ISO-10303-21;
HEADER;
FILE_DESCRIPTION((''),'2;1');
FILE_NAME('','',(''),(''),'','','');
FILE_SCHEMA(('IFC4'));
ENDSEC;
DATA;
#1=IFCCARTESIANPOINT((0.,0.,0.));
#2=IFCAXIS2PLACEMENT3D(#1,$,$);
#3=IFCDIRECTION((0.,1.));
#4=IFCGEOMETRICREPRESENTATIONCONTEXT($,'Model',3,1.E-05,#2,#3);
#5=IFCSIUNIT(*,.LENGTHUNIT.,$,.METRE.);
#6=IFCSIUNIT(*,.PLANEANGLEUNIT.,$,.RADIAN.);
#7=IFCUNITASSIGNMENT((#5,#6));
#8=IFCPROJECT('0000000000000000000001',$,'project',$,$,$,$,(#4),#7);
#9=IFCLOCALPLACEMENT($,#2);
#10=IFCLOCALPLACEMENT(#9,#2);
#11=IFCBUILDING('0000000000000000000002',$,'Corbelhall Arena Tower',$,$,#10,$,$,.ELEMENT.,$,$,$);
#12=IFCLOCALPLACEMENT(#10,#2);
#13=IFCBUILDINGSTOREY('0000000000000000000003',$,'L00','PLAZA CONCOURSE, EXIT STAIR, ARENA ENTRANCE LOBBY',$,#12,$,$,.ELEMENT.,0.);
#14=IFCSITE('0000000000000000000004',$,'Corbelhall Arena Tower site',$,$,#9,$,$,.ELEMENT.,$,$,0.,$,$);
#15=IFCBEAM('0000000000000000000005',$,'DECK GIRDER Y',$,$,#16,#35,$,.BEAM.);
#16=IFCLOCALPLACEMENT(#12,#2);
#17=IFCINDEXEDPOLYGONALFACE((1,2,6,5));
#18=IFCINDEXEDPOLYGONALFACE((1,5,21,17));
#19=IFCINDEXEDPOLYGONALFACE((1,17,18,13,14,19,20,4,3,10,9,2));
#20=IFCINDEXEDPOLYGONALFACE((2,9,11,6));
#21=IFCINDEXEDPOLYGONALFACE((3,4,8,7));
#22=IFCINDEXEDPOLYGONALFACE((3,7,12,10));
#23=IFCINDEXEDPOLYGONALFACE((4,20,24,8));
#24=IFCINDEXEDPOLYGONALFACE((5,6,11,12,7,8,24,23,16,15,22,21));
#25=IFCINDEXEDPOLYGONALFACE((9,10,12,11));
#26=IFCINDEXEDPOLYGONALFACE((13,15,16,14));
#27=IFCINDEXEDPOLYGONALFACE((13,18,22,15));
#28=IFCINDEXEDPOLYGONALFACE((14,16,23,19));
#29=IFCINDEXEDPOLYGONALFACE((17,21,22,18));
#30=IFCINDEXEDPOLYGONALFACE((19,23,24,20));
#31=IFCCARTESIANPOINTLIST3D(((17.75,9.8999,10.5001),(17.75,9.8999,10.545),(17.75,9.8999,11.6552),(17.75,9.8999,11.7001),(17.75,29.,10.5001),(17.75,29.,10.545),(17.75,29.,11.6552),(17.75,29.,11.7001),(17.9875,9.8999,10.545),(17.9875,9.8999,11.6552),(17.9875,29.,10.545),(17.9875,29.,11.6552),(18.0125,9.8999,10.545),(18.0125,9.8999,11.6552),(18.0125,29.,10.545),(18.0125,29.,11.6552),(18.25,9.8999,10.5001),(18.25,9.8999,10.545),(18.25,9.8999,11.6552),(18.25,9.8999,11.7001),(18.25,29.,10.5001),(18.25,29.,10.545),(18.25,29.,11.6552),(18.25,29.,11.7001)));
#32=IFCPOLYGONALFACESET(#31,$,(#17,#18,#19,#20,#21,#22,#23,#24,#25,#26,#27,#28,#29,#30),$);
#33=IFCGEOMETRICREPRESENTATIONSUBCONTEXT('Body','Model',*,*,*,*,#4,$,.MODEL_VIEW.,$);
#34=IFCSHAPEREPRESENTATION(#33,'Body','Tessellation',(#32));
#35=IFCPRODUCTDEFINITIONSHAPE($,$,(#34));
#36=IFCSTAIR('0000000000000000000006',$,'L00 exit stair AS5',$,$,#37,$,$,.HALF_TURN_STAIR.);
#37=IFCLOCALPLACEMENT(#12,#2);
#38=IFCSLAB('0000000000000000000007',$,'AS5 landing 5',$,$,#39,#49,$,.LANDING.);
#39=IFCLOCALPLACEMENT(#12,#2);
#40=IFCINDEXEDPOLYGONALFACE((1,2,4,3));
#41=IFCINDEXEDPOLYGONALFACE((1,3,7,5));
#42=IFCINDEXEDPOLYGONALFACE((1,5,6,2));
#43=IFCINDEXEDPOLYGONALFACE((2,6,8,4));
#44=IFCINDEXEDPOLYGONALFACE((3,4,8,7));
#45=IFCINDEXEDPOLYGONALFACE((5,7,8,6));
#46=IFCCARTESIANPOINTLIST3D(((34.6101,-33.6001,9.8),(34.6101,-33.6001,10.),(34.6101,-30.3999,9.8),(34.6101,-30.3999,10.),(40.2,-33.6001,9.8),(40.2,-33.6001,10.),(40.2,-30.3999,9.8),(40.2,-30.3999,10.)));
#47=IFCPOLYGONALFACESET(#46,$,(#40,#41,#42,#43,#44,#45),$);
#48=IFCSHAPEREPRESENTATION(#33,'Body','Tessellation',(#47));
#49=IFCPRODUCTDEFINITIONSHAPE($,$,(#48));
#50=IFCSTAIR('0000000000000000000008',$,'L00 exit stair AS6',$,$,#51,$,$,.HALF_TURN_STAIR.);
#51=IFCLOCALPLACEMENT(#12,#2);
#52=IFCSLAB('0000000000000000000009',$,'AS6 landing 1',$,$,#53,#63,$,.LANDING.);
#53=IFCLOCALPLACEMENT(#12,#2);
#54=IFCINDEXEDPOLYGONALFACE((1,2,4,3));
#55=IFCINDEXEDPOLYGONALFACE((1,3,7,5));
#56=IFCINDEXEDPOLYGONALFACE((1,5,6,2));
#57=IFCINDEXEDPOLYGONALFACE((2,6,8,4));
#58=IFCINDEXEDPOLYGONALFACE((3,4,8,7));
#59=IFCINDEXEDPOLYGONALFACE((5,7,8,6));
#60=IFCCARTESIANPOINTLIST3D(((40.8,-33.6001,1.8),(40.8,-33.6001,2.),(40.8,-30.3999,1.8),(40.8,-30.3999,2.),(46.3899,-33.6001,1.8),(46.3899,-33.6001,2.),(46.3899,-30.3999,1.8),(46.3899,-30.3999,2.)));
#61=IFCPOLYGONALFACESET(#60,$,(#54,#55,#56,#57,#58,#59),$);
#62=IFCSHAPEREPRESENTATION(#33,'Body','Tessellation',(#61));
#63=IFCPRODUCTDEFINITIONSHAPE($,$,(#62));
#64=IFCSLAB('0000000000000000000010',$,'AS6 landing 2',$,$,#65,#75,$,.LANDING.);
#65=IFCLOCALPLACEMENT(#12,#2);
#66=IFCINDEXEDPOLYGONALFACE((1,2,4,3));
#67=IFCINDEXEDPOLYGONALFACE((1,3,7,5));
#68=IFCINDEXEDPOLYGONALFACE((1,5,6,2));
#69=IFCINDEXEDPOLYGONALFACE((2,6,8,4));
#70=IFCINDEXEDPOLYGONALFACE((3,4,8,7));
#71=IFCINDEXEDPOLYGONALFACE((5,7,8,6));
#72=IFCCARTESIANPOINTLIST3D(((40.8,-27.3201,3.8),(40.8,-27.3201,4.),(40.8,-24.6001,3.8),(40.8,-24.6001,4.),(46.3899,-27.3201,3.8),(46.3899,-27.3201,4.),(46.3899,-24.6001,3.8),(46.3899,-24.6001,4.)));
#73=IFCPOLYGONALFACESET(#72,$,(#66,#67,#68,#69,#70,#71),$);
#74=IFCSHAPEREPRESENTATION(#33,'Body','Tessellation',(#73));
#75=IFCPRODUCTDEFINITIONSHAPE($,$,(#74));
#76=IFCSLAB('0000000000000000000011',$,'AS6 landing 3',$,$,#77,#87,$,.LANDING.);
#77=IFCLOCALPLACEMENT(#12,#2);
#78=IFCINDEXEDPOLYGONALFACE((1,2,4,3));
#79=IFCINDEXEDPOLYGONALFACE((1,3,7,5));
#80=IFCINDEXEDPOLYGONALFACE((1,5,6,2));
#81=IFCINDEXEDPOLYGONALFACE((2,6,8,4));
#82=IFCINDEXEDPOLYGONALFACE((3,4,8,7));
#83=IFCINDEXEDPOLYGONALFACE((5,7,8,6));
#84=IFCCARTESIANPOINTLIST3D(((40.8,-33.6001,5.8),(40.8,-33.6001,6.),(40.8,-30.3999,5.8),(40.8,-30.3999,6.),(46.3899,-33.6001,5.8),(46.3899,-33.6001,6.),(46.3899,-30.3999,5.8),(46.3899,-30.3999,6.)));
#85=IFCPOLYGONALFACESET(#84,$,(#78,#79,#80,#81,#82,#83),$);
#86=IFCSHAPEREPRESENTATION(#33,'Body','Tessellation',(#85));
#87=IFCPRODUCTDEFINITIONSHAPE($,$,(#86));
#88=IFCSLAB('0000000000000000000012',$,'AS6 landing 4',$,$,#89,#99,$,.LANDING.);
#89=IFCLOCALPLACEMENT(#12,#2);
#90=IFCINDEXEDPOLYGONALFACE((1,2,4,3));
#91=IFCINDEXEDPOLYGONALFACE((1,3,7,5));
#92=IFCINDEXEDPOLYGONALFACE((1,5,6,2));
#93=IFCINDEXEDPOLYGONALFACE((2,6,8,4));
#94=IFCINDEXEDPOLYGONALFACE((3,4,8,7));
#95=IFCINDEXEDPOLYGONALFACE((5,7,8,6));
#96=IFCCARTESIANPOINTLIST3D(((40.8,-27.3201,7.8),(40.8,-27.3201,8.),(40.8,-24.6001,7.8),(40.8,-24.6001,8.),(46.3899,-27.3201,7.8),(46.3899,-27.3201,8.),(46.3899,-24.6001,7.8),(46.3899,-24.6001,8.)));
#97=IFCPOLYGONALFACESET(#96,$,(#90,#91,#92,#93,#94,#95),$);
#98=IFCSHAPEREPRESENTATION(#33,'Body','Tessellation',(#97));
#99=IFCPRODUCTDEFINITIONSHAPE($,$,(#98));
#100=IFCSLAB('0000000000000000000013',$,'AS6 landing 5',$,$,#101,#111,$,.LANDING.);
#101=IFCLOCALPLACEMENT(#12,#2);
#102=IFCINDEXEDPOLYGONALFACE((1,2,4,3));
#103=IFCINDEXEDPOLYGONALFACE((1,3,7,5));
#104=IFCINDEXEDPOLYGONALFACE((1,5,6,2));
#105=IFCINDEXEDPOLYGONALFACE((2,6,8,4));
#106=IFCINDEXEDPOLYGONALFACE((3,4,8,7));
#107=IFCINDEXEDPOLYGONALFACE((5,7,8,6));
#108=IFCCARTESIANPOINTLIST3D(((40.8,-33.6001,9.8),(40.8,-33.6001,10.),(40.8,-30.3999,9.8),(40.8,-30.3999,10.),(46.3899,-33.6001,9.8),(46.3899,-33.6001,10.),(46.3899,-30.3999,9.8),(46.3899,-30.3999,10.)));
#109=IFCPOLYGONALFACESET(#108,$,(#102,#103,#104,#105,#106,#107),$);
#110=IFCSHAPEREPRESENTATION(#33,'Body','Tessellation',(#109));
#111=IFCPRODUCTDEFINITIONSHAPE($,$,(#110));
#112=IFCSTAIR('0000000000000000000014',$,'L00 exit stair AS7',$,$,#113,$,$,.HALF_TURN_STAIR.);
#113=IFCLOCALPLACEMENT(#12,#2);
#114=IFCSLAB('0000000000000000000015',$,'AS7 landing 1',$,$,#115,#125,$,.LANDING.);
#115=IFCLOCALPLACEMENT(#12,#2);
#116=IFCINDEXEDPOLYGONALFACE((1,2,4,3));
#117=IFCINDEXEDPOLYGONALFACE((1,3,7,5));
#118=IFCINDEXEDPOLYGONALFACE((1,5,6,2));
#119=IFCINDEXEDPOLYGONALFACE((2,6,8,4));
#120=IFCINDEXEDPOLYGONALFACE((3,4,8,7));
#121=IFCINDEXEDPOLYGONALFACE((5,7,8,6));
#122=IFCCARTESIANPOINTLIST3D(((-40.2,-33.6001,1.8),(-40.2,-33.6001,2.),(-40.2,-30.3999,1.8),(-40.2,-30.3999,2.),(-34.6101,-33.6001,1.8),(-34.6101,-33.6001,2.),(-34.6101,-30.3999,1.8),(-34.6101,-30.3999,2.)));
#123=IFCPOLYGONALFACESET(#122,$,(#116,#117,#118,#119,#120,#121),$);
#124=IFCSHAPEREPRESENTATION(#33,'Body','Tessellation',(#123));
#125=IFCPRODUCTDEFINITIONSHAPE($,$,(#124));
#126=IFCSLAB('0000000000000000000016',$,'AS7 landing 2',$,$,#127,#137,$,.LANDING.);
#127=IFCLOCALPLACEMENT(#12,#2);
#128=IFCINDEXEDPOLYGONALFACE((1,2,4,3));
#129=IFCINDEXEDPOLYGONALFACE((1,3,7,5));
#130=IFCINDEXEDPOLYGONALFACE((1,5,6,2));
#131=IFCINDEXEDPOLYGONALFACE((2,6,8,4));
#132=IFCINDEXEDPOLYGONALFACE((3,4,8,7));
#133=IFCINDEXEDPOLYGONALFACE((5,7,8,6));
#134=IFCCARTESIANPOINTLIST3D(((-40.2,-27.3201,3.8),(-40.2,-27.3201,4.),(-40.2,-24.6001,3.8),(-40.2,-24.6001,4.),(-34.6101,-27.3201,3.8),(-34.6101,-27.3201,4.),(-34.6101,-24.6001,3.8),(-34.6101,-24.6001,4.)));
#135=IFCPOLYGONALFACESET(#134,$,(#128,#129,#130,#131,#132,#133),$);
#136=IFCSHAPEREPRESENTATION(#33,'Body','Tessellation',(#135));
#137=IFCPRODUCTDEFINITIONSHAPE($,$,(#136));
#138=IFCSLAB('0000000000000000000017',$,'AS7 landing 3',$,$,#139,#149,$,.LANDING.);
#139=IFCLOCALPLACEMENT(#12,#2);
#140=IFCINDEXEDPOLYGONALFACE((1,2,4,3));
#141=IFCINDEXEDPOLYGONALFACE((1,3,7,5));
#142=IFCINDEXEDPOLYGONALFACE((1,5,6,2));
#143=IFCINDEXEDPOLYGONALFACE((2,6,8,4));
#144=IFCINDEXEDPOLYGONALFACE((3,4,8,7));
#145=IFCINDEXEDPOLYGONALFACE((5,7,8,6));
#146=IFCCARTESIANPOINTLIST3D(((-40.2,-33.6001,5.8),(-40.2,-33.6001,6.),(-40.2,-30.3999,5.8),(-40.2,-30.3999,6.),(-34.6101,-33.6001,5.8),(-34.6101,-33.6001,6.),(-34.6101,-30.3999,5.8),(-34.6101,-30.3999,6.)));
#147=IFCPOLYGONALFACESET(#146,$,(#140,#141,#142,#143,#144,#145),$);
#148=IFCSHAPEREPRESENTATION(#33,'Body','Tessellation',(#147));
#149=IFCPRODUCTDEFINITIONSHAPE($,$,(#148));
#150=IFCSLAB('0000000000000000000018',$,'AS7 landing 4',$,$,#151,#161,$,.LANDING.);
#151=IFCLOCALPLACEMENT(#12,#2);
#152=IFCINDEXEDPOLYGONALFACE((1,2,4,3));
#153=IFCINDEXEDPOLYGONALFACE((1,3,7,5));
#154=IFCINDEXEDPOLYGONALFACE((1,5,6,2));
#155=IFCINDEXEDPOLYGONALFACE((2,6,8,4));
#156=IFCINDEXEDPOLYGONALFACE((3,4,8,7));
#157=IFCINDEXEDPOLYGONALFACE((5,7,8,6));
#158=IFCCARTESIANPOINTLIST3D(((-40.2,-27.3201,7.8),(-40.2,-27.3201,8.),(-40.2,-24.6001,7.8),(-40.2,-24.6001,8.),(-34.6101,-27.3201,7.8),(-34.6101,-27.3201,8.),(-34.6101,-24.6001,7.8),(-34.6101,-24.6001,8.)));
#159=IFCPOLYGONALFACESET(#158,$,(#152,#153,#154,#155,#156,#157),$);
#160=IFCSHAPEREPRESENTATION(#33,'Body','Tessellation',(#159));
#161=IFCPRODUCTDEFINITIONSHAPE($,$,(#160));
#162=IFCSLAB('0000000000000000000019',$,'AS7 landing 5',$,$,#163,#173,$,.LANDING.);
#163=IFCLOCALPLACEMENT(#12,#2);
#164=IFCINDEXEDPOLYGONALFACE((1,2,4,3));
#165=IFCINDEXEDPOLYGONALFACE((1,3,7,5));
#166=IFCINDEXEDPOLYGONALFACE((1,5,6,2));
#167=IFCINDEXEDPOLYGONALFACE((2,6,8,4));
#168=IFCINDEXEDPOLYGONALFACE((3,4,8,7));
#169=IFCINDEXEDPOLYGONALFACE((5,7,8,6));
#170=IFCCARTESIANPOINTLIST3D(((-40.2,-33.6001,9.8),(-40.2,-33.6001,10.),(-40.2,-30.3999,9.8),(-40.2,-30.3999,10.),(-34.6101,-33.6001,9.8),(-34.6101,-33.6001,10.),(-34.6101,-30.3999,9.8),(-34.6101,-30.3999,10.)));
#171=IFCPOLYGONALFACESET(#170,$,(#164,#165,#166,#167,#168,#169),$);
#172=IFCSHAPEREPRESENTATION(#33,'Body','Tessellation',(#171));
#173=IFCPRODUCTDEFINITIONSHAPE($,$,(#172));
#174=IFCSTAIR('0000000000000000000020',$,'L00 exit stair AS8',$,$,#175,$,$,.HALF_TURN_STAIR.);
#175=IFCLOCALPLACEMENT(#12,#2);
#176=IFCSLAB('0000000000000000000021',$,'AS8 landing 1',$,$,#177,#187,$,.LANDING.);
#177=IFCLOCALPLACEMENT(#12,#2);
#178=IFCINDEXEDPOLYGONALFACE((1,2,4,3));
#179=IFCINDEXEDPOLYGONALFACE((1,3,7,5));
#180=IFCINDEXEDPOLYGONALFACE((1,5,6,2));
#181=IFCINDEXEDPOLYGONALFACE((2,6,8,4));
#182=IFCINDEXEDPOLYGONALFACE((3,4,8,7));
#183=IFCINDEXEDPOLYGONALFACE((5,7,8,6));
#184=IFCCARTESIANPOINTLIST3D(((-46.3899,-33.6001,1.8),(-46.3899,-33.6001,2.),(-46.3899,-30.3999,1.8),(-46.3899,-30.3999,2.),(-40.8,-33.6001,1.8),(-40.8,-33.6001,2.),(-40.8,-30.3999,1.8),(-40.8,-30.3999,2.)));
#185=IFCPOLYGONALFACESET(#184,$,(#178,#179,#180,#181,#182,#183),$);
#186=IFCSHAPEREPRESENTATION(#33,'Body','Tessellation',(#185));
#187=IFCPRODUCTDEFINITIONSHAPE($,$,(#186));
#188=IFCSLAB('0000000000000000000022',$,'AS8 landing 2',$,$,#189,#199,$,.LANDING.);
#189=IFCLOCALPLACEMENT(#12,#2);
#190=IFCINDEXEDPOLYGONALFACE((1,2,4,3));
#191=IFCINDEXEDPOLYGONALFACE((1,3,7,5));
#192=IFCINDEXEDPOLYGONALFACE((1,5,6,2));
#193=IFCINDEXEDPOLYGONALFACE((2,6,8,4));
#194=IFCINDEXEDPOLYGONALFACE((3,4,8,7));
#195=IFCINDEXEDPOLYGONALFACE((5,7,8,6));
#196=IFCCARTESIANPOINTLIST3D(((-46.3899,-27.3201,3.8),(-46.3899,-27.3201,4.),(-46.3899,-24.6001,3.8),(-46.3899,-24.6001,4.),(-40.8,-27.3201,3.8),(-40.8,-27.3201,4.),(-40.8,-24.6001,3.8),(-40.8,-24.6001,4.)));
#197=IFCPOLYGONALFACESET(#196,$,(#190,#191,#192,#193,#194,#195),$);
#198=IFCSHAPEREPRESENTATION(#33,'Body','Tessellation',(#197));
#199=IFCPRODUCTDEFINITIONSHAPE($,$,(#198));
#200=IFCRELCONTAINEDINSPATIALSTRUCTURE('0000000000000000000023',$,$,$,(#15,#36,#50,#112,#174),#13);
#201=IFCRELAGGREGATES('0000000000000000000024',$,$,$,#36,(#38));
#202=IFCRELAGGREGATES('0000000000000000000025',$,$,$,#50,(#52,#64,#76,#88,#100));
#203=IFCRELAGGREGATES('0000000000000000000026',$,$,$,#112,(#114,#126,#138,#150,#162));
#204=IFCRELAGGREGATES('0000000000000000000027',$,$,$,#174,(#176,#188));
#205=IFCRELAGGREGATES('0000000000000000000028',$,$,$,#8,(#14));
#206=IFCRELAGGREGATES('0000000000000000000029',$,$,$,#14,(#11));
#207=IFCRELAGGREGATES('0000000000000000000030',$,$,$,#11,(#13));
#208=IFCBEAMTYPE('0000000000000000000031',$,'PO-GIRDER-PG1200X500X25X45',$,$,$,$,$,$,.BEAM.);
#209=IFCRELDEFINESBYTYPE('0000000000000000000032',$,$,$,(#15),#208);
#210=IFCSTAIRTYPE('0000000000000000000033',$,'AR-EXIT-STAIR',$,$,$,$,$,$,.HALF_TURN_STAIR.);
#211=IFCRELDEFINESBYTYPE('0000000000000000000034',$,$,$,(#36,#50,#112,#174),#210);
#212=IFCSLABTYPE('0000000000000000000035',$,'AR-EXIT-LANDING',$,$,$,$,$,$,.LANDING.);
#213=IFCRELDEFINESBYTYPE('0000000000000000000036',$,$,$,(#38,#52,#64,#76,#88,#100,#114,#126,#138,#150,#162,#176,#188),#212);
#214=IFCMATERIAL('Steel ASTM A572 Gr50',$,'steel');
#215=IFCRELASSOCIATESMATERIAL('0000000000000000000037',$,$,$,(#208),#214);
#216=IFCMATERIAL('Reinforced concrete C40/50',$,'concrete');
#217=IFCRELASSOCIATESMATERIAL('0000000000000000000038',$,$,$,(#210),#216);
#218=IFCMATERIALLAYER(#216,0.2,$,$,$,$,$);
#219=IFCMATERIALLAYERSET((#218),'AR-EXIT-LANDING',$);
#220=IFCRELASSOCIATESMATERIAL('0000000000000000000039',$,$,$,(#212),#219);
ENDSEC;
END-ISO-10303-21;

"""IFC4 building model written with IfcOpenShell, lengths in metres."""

from ifc_helpers import new_model, si_unit, direction, frame, origin, origin_2d, place, context, subcontext, project, spatial, polyline, i_section, outline, extrude, material, layer, layer_set, material_profile, profile_set, type_object, element, aggregate, save


model = new_model("IFC4")

# Units and contexts
model_context = context("Model", 3, precision=1e-05, world=origin(), true_north=direction((0.0, 1.0)))
body_context = subcontext(model_context, "Body", "Model", "MODEL_VIEW")
ifc_project = project(units=[si_unit("LENGTHUNIT", "METRE"), si_unit("PLANEANGLEUNIT", "RADIAN")], contexts=[model_context])

# Site, building, storey
site_placement = place(None, origin())
site = spatial("IfcSite", under=ifc_project, at=site_placement, Name="Corbelhall Arena Tower site", CompositionType="ELEMENT", RefElevation=0.0)
building_placement = place(site_placement, origin())
building = spatial("IfcBuilding", under=site, at=building_placement, Name="Corbelhall Arena Tower", CompositionType="ELEMENT")
storey_placement = place(building_placement, origin())
storey = spatial("IfcBuildingStorey", under=building, at=storey_placement, Name="L00", Description="PLAZA CONCOURSE, EXIT STAIR, ARENA ENTRANCE LOBBY", CompositionType="ELEMENT", Elevation=0.0)

# Beam
ifc_material_1 = material(Name="Steel ASTM A572 Gr50", Category="steel")
ifc_material_profile_1 = material_profile(ifc_material_1, i_section(OverallWidth=0.5, OverallDepth=1.2, WebThickness=0.0249, FlangeThickness=0.0449, at=origin_2d()))
ifc_profile_set_1 = profile_set([ifc_material_profile_1], Name="Steel ASTM A572 Gr50")
beam_type_1 = type_object("IfcBeamType", Name="PO-GIRDER-PG1200X500X25X45", PredefinedType="BEAM", material=ifc_profile_set_1)
for number, where, z_axis, x_axis, name in (
    (1, (18.0, 9.8999, 11.1001), (0.0, 1.0, 0.0), (-1.0, 0.0, 0.0), "DECK GIRDER Y"),
):
    element("IfcBeam", number, at=place(storey_placement, frame(where, z_axis=z_axis, x_axis=x_axis)), inside=storey, type_object=beam_type_1, Name=name, PredefinedType="BEAM", context=body_context, shape_type="SweptSolid", body=[
        extrude(i_section(OverallWidth=0.5, OverallDepth=1.2, WebThickness=0.0249, FlangeThickness=0.0449, at=origin_2d()), origin(), (0.0, 0.0, 1.0), 19.1001),
    ])

# Stair, slab
ifc_material_2 = material(Name="Reinforced concrete C40/50", Category="concrete")
stair_type = type_object("IfcStairType", Name="AR-EXIT-STAIR", PredefinedType="HALF_TURN_STAIR", material=ifc_material_2)
stair_1_placement = place(storey_placement, origin())
stair_1 = element("IfcStair", 2, at=stair_1_placement, inside=storey, type_object=stair_type, Name="L00 exit stair AS5", PredefinedType="HALF_TURN_STAIR")
ifc_layer_1 = layer(ifc_material_2, 0.2)
ifc_layer_set_1 = layer_set([ifc_layer_1], Name="AR-EXIT-LANDING")
slab_type = type_object("IfcSlabType", Name="AR-EXIT-LANDING", PredefinedType="LANDING", material=ifc_layer_set_1)
slab_1_placement = place(storey_placement, frame((0.0, 0.0, 9.8)))
slab_1 = element("IfcSlab", 3, at=slab_1_placement, type_object=slab_type, Name="AS5 landing 5", PredefinedType="LANDING", context=body_context, shape_type="SweptSolid", body=[
    extrude(outline(polyline([(34.6101, -30.3999), (34.6101, -33.6001), (40.2, -33.6001), (40.2, -30.3999), (34.6101, -30.3999)])), origin(), (0.0, 0.0, 1.0), 0.2),
])
aggregate(stair_1, [slab_1])

# Stairs, slabs
stair_2_placement = place(storey_placement, origin())
stair_2 = element("IfcStair", 4, at=stair_2_placement, inside=storey, type_object=stair_type, Name="L00 exit stair AS6", PredefinedType="HALF_TURN_STAIR")
slab_2_placement = place(storey_placement, frame((0.0, 0.0, 1.8)))
slab_2 = element("IfcSlab", 5, at=slab_2_placement, type_object=slab_type, Name="AS6 landing 1", PredefinedType="LANDING", context=body_context, shape_type="SweptSolid", body=[
    extrude(outline(polyline([(40.8, -30.3999), (40.8, -33.6001), (46.3899, -33.6001), (46.3899, -30.3999), (40.8, -30.3999)])), origin(), (0.0, 0.0, 1.0), 0.2),
])
slab_3_placement = place(storey_placement, frame((0.0, 0.0, 3.8)))
slab_3 = element("IfcSlab", 6, at=slab_3_placement, type_object=slab_type, Name="AS6 landing 2", PredefinedType="LANDING", context=body_context, shape_type="SweptSolid", body=[
    extrude(outline(polyline([(40.8, -24.6001), (40.8, -27.3201), (46.3899, -27.3201), (46.3899, -24.6001), (40.8, -24.6001)])), origin(), (0.0, 0.0, 1.0), 0.2),
])
slab_4_placement = place(storey_placement, frame((0.0, 0.0, 5.8)))
slab_4 = element("IfcSlab", 7, at=slab_4_placement, type_object=slab_type, Name="AS6 landing 3", PredefinedType="LANDING", context=body_context, shape_type="SweptSolid", body=[
    extrude(outline(polyline([(40.8, -30.3999), (40.8, -33.6001), (46.3899, -33.6001), (46.3899, -30.3999), (40.8, -30.3999)])), origin(), (0.0, 0.0, 1.0), 0.2),
])
slab_5_placement = place(storey_placement, frame((0.0, 0.0, 7.8)))
slab_5 = element("IfcSlab", 8, at=slab_5_placement, type_object=slab_type, Name="AS6 landing 4", PredefinedType="LANDING", context=body_context, shape_type="SweptSolid", body=[
    extrude(outline(polyline([(40.8, -24.6001), (40.8, -27.3201), (46.3899, -27.3201), (46.3899, -24.6001), (40.8, -24.6001)])), origin(), (0.0, 0.0, 1.0), 0.2),
])
slab_6_placement = place(storey_placement, frame((0.0, 0.0, 9.8)))
slab_6 = element("IfcSlab", 9, at=slab_6_placement, type_object=slab_type, Name="AS6 landing 5", PredefinedType="LANDING", context=body_context, shape_type="SweptSolid", body=[
    extrude(outline(polyline([(40.8, -30.3999), (40.8, -33.6001), (46.3899, -33.6001), (46.3899, -30.3999), (40.8, -30.3999)])), origin(), (0.0, 0.0, 1.0), 0.2),
])
aggregate(stair_2, [slab_2, slab_3, slab_4, slab_5, slab_6])
stair_3_placement = place(storey_placement, origin())
stair_3 = element("IfcStair", 10, at=stair_3_placement, inside=storey, type_object=stair_type, Name="L00 exit stair AS7", PredefinedType="HALF_TURN_STAIR")
slab_7_placement = place(storey_placement, frame((0.0, 0.0, 1.8)))
slab_7 = element("IfcSlab", 11, at=slab_7_placement, type_object=slab_type, Name="AS7 landing 1", PredefinedType="LANDING", context=body_context, shape_type="SweptSolid", body=[
    extrude(outline(polyline([(-40.2, -30.3999), (-40.2, -33.6001), (-34.6101, -33.6001), (-34.6101, -30.3999), (-40.2, -30.3999)])), origin(), (0.0, 0.0, 1.0), 0.2),
])
slab_8_placement = place(storey_placement, frame((0.0, 0.0, 3.8)))
slab_8 = element("IfcSlab", 12, at=slab_8_placement, type_object=slab_type, Name="AS7 landing 2", PredefinedType="LANDING", context=body_context, shape_type="SweptSolid", body=[
    extrude(outline(polyline([(-40.2, -24.6001), (-40.2, -27.3201), (-34.6101, -27.3201), (-34.6101, -24.6001), (-40.2, -24.6001)])), origin(), (0.0, 0.0, 1.0), 0.2),
])
slab_9_placement = place(storey_placement, frame((0.0, 0.0, 5.8)))
slab_9 = element("IfcSlab", 13, at=slab_9_placement, type_object=slab_type, Name="AS7 landing 3", PredefinedType="LANDING", context=body_context, shape_type="SweptSolid", body=[
    extrude(outline(polyline([(-40.2, -30.3999), (-40.2, -33.6001), (-34.6101, -33.6001), (-34.6101, -30.3999), (-40.2, -30.3999)])), origin(), (0.0, 0.0, 1.0), 0.2),
])
slab_10_placement = place(storey_placement, frame((0.0, 0.0, 7.8)))
slab_10 = element("IfcSlab", 14, at=slab_10_placement, type_object=slab_type, Name="AS7 landing 4", PredefinedType="LANDING", context=body_context, shape_type="SweptSolid", body=[
    extrude(outline(polyline([(-40.2, -24.6001), (-40.2, -27.3201), (-34.6101, -27.3201), (-34.6101, -24.6001), (-40.2, -24.6001)])), origin(), (0.0, 0.0, 1.0), 0.2),
])
slab_11_placement = place(storey_placement, frame((0.0, 0.0, 9.8)))
slab_11 = element("IfcSlab", 15, at=slab_11_placement, type_object=slab_type, Name="AS7 landing 5", PredefinedType="LANDING", context=body_context, shape_type="SweptSolid", body=[
    extrude(outline(polyline([(-40.2, -30.3999), (-40.2, -33.6001), (-34.6101, -33.6001), (-34.6101, -30.3999), (-40.2, -30.3999)])), origin(), (0.0, 0.0, 1.0), 0.2),
])
aggregate(stair_3, [slab_7, slab_8, slab_9, slab_10, slab_11])
stair_4_placement = place(storey_placement, origin())
stair_4 = element("IfcStair", 16, at=stair_4_placement, inside=storey, type_object=stair_type, Name="L00 exit stair AS8", PredefinedType="HALF_TURN_STAIR")
slab_12_placement = place(storey_placement, frame((0.0, 0.0, 1.8)))
slab_12 = element("IfcSlab", 17, at=slab_12_placement, type_object=slab_type, Name="AS8 landing 1", PredefinedType="LANDING", context=body_context, shape_type="SweptSolid", body=[
    extrude(outline(polyline([(-46.3899, -30.3999), (-46.3899, -33.6001), (-40.8, -33.6001), (-40.8, -30.3999), (-46.3899, -30.3999)])), origin(), (0.0, 0.0, 1.0), 0.2),
])
slab_13_placement = place(storey_placement, frame((0.0, 0.0, 3.8)))
slab_13 = element("IfcSlab", 18, at=slab_13_placement, type_object=slab_type, Name="AS8 landing 2", PredefinedType="LANDING", context=body_context, shape_type="SweptSolid", body=[
    extrude(outline(polyline([(-46.3899, -24.6001), (-46.3899, -27.3201), (-40.8, -27.3201), (-40.8, -24.6001), (-46.3899, -24.6001)])), origin(), (0.0, 0.0, 1.0), 0.2),
])
aggregate(stair_4, [slab_12, slab_13])

save(model, "model.ifc")
